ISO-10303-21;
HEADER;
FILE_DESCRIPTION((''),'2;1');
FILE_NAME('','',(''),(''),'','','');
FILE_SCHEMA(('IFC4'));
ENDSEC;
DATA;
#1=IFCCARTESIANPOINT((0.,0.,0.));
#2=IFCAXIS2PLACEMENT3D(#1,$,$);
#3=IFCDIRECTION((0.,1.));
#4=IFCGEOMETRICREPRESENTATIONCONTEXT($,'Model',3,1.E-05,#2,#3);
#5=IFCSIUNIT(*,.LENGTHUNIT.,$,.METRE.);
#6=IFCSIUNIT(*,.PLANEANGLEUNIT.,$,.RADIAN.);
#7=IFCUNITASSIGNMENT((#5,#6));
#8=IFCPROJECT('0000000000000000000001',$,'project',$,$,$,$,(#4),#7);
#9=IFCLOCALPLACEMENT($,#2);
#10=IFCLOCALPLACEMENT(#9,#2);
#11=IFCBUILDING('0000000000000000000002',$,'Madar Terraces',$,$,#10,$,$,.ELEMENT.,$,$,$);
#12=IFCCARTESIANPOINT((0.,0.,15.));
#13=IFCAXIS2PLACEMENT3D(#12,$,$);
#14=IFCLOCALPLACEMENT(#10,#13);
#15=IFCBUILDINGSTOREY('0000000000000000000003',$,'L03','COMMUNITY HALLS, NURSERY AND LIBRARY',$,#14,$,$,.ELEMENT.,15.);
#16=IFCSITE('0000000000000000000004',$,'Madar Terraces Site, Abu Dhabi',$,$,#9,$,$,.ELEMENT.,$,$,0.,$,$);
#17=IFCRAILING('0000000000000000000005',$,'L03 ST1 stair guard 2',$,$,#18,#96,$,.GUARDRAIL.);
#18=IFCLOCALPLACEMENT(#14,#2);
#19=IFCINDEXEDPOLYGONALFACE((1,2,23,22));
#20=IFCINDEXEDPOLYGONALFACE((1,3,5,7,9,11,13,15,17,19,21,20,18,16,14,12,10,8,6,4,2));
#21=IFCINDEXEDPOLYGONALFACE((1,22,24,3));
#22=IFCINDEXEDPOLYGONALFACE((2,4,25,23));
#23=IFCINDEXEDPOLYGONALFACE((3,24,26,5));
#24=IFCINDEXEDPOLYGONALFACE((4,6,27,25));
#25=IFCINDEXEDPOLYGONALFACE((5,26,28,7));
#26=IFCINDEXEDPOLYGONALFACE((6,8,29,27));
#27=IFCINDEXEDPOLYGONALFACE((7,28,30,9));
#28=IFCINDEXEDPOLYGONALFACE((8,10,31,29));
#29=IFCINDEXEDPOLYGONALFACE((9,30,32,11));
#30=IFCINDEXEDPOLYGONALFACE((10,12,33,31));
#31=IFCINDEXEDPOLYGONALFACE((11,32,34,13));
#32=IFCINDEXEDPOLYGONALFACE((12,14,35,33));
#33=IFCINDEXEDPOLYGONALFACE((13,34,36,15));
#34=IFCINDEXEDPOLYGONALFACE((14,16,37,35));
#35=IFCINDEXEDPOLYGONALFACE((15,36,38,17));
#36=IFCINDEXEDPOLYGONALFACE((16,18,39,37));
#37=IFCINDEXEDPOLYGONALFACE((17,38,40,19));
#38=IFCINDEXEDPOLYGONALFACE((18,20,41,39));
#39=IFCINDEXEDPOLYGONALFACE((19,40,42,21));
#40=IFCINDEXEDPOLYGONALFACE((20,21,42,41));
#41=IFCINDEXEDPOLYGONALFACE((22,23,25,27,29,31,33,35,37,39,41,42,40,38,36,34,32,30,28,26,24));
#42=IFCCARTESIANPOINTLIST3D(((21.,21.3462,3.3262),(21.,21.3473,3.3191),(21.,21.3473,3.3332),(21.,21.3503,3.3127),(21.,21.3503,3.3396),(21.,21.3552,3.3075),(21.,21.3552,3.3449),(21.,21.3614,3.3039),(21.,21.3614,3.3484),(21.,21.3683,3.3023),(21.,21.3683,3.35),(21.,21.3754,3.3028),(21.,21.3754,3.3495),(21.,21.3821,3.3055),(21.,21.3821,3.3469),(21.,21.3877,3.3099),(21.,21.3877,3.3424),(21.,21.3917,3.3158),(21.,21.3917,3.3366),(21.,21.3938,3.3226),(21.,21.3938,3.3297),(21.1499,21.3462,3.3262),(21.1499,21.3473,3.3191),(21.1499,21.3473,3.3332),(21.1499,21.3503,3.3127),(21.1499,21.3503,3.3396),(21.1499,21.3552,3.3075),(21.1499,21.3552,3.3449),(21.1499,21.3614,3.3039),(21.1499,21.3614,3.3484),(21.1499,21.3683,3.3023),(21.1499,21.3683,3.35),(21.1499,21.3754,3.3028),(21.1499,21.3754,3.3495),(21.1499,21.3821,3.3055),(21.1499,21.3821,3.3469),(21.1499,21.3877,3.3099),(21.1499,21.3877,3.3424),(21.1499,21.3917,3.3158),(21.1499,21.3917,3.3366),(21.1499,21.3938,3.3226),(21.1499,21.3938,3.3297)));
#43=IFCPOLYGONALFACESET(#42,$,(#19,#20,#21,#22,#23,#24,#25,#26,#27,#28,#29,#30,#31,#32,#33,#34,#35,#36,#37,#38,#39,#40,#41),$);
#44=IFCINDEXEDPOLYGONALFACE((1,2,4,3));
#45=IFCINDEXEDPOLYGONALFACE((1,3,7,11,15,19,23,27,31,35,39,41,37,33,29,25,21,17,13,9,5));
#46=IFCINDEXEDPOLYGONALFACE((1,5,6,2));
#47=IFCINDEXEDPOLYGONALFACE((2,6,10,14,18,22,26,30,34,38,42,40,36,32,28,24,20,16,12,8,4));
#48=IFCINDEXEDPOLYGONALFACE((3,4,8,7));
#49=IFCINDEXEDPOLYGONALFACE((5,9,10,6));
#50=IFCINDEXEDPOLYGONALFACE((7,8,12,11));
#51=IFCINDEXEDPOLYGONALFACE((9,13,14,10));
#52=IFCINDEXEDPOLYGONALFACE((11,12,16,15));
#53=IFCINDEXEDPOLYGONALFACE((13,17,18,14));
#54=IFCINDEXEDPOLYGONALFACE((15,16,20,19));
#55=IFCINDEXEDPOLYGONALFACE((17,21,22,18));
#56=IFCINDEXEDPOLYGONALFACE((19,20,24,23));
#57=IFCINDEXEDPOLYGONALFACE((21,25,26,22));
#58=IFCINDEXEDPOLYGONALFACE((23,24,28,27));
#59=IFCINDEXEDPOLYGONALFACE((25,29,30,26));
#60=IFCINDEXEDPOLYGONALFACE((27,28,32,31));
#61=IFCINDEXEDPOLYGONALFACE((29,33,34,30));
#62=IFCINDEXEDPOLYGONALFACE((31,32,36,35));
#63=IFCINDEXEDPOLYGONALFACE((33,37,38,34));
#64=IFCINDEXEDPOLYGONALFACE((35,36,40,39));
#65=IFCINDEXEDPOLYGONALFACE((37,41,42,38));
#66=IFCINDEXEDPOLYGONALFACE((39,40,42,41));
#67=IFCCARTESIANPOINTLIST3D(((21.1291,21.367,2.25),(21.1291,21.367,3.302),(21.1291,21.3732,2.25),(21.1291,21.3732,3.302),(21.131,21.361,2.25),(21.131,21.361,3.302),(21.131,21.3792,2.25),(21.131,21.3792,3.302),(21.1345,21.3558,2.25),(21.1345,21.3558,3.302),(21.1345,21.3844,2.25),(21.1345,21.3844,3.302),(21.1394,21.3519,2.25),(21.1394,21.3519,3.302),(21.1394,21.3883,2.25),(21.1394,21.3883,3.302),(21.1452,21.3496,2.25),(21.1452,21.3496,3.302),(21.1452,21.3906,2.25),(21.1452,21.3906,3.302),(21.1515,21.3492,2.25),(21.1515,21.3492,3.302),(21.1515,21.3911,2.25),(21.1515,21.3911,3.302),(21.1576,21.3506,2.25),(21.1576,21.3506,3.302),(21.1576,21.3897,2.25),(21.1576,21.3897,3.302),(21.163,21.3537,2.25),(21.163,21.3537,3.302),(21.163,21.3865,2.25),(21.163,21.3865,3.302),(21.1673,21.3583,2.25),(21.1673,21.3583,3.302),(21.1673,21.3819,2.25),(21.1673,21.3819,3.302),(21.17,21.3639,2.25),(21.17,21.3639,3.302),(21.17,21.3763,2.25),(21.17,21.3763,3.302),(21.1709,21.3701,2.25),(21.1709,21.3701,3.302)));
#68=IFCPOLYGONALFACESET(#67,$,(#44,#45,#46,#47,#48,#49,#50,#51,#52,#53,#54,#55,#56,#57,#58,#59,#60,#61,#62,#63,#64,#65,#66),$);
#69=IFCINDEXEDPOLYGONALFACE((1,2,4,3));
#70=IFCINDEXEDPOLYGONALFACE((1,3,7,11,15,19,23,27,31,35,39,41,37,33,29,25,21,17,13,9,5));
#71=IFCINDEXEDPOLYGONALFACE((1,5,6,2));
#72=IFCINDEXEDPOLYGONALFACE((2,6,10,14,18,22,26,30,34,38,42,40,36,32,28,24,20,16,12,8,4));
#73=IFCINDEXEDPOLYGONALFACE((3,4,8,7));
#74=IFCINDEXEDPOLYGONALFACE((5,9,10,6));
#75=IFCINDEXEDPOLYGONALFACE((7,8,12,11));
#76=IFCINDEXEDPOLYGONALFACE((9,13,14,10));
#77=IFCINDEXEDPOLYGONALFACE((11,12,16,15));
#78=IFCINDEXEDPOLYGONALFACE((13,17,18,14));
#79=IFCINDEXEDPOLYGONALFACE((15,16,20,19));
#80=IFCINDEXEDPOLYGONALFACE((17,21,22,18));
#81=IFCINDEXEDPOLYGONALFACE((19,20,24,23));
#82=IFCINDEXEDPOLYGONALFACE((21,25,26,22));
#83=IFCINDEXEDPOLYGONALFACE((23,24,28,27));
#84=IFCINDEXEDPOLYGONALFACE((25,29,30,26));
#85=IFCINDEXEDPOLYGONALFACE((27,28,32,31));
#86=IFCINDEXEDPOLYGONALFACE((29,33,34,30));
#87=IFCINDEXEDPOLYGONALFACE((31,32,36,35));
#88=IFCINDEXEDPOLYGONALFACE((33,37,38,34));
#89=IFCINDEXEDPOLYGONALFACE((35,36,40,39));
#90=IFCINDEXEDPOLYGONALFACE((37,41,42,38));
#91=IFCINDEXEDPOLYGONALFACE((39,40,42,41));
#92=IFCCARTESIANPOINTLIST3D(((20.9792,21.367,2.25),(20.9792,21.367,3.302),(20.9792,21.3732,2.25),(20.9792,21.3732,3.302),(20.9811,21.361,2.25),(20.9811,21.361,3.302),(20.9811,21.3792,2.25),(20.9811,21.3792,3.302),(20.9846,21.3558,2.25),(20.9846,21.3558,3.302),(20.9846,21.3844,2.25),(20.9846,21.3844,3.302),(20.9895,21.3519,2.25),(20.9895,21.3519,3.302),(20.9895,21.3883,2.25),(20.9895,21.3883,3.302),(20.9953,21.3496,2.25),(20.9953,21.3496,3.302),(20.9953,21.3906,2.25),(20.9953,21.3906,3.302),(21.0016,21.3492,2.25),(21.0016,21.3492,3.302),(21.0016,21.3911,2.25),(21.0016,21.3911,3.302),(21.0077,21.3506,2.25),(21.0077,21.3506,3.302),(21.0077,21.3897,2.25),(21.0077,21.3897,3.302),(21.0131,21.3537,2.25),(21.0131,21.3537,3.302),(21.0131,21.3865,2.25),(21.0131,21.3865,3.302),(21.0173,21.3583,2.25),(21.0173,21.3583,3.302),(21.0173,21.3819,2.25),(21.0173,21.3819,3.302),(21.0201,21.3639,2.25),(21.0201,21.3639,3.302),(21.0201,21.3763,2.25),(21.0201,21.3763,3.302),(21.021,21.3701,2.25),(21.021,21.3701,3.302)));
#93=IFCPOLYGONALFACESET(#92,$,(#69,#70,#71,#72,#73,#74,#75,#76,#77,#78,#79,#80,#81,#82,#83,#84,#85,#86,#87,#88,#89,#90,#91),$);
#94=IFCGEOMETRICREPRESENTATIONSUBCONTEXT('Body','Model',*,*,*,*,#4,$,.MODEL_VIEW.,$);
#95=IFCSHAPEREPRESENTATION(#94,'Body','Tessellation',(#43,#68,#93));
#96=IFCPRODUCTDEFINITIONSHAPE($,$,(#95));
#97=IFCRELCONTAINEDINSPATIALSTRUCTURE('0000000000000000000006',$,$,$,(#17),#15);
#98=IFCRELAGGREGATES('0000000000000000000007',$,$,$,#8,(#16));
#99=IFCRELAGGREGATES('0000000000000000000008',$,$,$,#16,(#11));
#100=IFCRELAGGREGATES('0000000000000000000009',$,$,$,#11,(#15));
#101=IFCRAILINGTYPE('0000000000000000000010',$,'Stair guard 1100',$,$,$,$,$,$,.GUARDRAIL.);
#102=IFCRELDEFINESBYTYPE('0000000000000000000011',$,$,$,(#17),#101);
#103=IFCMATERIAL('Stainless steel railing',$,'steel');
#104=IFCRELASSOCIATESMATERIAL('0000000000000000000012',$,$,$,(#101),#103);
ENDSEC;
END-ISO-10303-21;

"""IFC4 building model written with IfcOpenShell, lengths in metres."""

from ifc_helpers import new_model, si_unit, direction, frame, origin, origin_2d, place, context, subcontext, project, spatial, circle, extrude, material, type_object, element, save


model = new_model("IFC4")

# Units and contexts
model_context = context("Model", 3, precision=1e-05, world=origin(), true_north=direction((0.0, 1.0)))
body_context = subcontext(model_context, "Body", "Model", "MODEL_VIEW")
ifc_project = project(units=[si_unit("LENGTHUNIT", "METRE"), si_unit("PLANEANGLEUNIT", "RADIAN")], contexts=[model_context])

# Site, building, storey
site_placement = place(None, origin())
site = spatial("IfcSite", under=ifc_project, at=site_placement, Name="Madar Terraces Site, Abu Dhabi", CompositionType="ELEMENT", RefElevation=0.0)
building_placement = place(site_placement, origin())
building = spatial("IfcBuilding", under=site, at=building_placement, Name="Madar Terraces", CompositionType="ELEMENT")
storey_placement = place(building_placement, frame((0.0, 0.0, 15.0)))
storey = spatial("IfcBuildingStorey", under=building, at=storey_placement, Name="L03", Description="COMMUNITY HALLS, NURSERY AND LIBRARY", CompositionType="ELEMENT", Elevation=15.0)

# Railing
ifc_material_1 = material(Name="Stainless steel railing", Category="steel")
railing_type_1 = type_object("IfcRailingType", Name="Stair guard 1100", PredefinedType="GUARDRAIL", material=ifc_material_1)
railing_1_placement = place(storey_placement, frame((21.1499, 21.3701, 2.25)))
element("IfcRailing", 1, at=railing_1_placement, inside=storey, type_object=railing_type_1, Name="L03 ST1 stair guard 2", PredefinedType="GUARDRAIL", context=body_context, shape_type="SweptSolid", body=[
    extrude(circle(Radius=0.0239, at=origin_2d()), frame((0.0, 0.0, 1.0762), z_axis=(-1.0, 0.0, 0.0), x_axis=(0.0, -1.0, 0.0)), (0.0, 0.0, 1.0), 0.1499),
    extrude(circle(Radius=0.021, at=origin_2d()), origin(), (0.0, 0.0, 1.0), 1.052),
    extrude(circle(Radius=0.021, at=origin_2d()), frame((-0.1499, 0.0, 0.0)), (0.0, 0.0, 1.0), 1.052),
])

save(model, "model.ifc")
